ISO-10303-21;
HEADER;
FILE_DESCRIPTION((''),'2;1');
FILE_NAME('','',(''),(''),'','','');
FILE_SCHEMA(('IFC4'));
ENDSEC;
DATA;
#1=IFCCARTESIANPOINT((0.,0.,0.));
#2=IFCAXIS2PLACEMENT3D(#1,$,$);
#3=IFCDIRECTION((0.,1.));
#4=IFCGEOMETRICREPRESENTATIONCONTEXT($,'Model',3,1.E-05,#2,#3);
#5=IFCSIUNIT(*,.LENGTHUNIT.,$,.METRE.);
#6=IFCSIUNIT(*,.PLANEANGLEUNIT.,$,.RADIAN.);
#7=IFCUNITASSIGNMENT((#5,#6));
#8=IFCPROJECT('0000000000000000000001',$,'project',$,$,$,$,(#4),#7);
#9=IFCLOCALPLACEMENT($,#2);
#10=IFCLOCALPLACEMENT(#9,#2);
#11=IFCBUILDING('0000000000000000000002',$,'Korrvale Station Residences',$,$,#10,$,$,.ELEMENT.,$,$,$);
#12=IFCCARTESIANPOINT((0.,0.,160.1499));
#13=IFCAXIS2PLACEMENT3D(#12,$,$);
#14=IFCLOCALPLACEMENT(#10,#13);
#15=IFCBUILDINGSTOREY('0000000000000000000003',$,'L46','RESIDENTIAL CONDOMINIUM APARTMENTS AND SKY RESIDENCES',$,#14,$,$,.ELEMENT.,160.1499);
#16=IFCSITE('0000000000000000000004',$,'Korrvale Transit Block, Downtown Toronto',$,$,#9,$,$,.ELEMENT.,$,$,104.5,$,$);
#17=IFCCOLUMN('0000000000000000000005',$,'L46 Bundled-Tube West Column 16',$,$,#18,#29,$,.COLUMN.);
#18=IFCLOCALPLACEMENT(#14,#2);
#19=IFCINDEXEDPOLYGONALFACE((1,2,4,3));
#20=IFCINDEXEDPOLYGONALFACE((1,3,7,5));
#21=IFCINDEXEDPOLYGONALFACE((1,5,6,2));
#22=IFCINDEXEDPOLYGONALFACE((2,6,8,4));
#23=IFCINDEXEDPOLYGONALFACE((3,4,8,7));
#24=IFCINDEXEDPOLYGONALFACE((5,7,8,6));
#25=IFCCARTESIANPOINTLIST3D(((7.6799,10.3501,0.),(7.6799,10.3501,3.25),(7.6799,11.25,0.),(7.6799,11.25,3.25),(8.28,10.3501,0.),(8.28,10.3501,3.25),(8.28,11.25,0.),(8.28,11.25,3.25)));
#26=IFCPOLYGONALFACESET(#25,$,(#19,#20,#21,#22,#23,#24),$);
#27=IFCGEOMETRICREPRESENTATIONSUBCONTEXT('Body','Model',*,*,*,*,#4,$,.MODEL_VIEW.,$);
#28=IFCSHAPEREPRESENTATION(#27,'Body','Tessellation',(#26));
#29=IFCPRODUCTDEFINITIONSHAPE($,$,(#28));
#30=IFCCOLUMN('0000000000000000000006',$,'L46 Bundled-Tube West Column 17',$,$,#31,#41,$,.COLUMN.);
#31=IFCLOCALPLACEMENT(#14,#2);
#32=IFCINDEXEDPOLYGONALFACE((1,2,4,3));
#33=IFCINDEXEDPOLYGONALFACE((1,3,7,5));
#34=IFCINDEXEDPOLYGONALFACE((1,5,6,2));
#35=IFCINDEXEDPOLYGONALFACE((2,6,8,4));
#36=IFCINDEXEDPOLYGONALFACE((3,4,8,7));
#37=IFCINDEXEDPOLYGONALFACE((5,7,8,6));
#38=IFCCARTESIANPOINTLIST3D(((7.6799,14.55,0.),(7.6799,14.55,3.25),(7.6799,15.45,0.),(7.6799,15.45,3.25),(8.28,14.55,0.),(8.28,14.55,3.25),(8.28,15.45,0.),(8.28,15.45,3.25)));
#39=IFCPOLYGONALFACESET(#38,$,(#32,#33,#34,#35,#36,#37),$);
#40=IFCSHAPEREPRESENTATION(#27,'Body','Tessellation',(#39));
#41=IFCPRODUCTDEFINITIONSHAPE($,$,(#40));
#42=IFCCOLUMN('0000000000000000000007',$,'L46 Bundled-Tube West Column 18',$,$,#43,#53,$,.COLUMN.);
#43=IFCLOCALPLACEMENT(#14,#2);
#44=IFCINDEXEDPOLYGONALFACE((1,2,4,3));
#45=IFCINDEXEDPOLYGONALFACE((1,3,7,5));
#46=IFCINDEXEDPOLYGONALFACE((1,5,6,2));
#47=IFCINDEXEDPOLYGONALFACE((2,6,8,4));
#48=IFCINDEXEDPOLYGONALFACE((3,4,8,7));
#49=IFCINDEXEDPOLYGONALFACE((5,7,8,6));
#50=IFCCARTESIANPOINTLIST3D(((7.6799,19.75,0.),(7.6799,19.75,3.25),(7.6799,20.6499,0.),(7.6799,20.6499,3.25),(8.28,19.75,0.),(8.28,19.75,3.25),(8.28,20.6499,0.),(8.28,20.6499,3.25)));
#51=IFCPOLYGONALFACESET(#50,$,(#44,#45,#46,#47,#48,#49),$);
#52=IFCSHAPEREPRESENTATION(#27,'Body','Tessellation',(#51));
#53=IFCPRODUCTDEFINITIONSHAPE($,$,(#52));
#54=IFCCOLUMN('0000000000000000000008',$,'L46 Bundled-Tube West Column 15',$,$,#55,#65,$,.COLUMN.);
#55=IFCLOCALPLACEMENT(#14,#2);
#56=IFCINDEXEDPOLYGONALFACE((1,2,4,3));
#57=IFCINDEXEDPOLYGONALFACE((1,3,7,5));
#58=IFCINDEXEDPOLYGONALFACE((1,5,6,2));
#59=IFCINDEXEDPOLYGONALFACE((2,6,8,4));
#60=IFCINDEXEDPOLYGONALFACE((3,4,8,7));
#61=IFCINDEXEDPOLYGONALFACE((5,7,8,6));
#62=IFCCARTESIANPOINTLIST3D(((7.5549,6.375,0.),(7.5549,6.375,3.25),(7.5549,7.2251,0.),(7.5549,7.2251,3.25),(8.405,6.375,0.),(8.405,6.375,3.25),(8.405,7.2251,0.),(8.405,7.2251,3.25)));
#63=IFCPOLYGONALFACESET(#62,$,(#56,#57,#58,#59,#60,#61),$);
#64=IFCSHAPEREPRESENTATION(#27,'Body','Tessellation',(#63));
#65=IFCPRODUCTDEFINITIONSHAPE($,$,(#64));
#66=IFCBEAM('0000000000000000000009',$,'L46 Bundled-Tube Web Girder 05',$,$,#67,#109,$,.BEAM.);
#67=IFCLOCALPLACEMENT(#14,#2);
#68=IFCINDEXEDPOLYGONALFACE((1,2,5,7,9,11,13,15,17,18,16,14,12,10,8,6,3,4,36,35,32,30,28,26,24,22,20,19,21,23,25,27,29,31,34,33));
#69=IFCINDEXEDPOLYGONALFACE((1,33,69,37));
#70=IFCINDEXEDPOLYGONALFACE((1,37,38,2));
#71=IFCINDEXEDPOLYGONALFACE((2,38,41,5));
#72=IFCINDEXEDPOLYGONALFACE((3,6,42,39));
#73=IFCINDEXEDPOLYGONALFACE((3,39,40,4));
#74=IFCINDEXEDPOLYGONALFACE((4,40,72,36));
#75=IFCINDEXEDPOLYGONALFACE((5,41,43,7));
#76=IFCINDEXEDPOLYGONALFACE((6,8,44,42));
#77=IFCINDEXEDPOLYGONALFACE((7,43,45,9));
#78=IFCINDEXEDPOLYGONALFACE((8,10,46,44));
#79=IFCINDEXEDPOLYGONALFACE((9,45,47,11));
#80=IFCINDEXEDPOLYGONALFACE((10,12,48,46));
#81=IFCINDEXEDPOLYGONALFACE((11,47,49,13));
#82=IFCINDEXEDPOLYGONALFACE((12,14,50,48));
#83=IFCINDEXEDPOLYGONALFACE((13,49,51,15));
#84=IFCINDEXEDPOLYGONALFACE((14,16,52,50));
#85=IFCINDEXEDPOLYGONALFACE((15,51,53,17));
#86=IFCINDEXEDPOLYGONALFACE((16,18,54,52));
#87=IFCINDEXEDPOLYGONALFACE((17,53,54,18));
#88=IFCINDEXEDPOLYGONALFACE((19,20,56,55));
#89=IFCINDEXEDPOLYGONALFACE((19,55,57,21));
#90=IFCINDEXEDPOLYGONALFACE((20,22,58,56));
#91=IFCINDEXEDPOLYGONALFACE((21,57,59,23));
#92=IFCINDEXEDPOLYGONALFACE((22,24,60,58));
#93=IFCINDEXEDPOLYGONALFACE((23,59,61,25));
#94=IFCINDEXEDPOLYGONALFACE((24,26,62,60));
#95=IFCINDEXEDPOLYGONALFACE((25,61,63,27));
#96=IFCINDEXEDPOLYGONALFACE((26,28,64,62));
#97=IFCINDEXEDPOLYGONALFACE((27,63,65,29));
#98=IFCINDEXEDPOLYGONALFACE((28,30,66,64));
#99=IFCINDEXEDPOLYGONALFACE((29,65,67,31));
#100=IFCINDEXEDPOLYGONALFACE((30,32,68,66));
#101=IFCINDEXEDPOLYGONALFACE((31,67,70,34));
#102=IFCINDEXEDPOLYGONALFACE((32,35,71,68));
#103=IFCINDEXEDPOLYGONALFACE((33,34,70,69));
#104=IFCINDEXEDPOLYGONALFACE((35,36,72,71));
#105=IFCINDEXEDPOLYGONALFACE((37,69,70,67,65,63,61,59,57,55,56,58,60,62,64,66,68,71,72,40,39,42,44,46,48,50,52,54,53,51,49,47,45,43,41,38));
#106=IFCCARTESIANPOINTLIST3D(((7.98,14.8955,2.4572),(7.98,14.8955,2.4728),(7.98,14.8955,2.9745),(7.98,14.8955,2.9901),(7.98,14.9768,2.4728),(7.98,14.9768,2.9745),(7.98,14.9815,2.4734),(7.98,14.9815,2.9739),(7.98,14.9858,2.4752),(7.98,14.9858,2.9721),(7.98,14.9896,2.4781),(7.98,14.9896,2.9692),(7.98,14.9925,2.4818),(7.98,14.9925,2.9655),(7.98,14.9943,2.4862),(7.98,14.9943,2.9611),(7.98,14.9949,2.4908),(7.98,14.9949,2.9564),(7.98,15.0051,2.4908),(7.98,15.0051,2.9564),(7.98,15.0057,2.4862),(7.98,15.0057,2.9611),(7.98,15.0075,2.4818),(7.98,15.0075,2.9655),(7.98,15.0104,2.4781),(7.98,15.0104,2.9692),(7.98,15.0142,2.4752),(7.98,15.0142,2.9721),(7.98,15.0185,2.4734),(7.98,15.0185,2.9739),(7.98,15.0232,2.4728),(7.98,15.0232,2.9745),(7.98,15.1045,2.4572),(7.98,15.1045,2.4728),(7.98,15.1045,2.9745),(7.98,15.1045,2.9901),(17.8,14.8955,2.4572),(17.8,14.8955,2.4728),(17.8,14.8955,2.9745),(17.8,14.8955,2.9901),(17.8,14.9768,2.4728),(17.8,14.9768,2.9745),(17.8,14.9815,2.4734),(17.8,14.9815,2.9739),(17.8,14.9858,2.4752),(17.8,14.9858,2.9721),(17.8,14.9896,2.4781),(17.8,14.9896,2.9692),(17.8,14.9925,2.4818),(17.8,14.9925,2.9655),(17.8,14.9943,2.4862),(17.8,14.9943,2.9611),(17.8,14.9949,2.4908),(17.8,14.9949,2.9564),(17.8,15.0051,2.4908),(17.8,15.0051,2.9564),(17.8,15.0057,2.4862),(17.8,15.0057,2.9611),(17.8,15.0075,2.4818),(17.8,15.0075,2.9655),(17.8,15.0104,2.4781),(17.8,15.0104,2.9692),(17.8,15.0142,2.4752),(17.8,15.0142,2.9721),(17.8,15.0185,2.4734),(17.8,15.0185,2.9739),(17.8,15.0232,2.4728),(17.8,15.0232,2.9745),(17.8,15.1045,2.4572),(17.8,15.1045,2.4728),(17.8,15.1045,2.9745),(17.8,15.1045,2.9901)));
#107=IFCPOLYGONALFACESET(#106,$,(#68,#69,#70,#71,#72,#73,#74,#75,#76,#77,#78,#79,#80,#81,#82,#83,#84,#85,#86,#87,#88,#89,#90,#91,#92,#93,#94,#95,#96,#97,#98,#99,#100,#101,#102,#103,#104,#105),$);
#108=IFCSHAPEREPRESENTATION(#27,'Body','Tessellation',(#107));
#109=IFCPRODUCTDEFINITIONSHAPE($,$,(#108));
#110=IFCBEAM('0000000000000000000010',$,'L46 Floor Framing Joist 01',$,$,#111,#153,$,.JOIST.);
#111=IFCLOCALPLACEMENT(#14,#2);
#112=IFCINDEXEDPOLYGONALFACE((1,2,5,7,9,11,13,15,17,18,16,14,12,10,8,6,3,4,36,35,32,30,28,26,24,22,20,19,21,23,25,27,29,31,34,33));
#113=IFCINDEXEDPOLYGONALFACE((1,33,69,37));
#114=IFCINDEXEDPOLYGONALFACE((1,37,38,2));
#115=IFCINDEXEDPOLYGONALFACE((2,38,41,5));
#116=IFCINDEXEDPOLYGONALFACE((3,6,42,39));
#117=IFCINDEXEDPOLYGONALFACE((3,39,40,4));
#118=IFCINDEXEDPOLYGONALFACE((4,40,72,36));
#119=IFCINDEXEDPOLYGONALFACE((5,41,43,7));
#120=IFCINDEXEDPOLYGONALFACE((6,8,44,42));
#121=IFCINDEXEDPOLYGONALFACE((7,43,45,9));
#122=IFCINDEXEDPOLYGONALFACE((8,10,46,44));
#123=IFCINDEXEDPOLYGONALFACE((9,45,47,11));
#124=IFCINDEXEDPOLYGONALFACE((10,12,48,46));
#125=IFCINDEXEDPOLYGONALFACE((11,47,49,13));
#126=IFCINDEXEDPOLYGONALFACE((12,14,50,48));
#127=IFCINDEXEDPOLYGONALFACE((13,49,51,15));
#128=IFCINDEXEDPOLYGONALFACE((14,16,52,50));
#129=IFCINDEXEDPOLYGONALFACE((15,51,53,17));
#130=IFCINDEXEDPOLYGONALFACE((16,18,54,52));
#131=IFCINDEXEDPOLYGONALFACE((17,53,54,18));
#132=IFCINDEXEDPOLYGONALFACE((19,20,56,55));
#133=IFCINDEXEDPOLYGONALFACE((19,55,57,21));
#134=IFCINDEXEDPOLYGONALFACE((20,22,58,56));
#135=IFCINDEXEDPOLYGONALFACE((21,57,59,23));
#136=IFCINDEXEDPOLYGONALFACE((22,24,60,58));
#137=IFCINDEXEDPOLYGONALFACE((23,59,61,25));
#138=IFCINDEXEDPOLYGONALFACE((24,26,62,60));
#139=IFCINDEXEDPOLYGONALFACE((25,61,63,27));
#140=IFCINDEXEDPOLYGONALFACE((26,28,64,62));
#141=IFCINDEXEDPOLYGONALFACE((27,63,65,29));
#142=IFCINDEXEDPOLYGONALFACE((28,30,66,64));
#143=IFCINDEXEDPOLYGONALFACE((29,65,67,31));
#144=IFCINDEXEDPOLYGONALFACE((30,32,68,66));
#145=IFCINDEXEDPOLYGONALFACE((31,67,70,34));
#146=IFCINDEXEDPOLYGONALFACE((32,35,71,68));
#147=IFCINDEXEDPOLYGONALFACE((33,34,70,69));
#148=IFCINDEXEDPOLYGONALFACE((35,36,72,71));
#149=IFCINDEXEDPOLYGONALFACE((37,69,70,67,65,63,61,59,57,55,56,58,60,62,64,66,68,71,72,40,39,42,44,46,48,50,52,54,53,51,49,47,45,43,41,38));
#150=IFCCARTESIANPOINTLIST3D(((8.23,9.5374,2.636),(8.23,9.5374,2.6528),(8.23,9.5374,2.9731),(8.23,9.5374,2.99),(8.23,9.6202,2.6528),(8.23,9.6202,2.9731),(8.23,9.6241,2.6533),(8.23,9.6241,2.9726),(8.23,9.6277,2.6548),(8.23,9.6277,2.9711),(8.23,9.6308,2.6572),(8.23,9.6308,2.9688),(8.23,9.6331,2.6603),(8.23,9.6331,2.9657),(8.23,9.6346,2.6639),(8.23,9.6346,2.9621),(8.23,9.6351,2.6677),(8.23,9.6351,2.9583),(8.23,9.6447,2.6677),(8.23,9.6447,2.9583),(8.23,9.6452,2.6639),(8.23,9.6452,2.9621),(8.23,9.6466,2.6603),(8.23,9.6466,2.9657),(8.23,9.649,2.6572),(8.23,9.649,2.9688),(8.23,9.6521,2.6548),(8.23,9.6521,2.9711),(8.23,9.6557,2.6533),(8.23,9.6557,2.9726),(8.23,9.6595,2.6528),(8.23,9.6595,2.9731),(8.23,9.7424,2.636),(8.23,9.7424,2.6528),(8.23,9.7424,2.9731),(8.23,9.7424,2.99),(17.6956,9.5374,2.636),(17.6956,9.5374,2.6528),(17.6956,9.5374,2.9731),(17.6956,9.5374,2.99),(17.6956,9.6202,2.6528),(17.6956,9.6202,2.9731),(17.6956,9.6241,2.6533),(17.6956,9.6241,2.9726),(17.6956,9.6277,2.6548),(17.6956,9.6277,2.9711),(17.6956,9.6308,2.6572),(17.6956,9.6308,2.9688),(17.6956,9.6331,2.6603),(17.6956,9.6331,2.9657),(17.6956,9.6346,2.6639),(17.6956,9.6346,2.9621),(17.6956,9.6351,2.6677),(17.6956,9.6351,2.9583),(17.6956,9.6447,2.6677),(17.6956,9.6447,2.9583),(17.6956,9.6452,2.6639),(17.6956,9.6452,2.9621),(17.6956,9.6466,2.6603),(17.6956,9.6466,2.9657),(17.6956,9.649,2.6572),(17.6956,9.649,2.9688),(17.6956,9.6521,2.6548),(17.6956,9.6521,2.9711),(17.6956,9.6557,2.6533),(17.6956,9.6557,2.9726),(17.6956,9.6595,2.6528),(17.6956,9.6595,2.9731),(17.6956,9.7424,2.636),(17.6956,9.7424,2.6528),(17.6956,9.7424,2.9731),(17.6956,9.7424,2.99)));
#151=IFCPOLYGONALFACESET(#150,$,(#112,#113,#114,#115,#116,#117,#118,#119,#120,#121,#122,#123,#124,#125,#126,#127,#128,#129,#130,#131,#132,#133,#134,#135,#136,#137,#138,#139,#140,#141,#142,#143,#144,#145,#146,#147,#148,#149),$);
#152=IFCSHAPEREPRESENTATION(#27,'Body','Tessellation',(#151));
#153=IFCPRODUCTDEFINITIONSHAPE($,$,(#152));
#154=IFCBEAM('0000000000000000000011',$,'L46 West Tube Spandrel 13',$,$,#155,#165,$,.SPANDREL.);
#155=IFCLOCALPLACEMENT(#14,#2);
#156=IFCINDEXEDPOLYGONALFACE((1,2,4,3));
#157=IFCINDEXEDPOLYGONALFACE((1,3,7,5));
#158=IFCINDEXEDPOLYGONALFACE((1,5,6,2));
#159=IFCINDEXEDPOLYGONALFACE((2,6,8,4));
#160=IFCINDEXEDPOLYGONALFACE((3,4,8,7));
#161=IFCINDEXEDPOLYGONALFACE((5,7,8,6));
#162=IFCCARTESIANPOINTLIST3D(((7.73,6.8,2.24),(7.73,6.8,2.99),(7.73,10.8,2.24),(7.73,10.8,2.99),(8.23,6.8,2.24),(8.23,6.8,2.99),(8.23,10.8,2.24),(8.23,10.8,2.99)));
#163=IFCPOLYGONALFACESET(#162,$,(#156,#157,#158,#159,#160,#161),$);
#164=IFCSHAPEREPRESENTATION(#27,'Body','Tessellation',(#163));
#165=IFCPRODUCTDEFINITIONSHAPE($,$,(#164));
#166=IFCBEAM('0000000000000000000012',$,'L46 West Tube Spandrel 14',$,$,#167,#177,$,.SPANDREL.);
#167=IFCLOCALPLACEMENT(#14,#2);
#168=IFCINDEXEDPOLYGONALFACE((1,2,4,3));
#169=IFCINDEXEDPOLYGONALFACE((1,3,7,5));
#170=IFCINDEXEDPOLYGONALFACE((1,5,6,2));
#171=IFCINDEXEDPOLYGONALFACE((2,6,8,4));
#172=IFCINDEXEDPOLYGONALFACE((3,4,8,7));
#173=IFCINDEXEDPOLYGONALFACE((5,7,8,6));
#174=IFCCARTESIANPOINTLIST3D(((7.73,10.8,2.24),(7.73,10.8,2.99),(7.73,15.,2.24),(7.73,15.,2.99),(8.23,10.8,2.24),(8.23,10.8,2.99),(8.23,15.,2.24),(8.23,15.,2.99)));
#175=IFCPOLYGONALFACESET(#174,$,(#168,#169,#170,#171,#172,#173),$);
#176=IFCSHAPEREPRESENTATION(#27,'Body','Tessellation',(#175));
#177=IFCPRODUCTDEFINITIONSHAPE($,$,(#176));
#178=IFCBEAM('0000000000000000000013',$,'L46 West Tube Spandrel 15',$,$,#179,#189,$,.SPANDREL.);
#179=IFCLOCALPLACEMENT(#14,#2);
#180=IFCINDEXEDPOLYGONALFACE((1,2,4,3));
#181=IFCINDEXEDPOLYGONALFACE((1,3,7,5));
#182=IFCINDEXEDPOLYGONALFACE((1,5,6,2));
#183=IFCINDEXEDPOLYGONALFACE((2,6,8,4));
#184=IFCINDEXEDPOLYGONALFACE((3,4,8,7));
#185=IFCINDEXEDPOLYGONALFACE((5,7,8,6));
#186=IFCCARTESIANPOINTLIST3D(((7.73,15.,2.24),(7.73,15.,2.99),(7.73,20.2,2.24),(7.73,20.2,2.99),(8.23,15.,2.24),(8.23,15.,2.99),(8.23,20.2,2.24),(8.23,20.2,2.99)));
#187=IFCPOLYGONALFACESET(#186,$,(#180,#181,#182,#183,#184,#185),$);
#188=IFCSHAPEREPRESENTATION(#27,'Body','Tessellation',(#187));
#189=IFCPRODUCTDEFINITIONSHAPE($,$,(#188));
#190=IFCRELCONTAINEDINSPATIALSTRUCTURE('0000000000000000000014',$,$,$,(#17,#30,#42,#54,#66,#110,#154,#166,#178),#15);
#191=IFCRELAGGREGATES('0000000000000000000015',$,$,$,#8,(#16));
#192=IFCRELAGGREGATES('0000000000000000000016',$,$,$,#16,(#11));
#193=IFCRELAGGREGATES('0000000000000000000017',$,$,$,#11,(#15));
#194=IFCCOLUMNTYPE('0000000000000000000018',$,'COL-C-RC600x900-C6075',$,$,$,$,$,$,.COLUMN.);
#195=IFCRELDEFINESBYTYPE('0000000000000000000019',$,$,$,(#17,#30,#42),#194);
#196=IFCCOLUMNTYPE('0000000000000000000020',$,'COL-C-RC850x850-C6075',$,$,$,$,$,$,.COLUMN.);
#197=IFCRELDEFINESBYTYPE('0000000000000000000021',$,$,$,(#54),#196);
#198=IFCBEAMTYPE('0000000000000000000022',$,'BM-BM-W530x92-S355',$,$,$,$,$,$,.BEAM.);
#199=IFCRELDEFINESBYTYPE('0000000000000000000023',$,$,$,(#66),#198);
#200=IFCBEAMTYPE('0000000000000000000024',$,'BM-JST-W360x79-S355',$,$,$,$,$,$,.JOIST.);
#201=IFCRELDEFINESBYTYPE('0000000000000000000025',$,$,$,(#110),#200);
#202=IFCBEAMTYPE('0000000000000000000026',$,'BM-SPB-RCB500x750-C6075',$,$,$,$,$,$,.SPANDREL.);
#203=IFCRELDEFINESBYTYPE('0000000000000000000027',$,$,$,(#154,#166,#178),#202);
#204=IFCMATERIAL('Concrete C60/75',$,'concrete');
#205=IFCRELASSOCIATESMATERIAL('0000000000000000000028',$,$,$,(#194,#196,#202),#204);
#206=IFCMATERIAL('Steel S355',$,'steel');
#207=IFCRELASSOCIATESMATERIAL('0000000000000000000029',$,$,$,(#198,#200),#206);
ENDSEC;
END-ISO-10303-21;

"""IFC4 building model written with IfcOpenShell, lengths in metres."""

from ifc_helpers import new_model, si_unit, direction, frame, origin, origin_2d, place, context, subcontext, project, spatial, rectangle, i_section, extrude, material, material_profile, profile_set, type_object, element, save


model = new_model("IFC4")

# Units and contexts
model_context = context("Model", 3, precision=1e-05, world=origin(), true_north=direction((0.0, 1.0)))
body_context = subcontext(model_context, "Body", "Model", "MODEL_VIEW")
ifc_project = project(units=[si_unit("LENGTHUNIT", "METRE"), si_unit("PLANEANGLEUNIT", "RADIAN")], contexts=[model_context])

# Site, building, storey
site_placement = place(None, origin())
site = spatial("IfcSite", under=ifc_project, at=site_placement, Name="Korrvale Transit Block, Downtown Toronto", CompositionType="ELEMENT", RefElevation=104.5)
building_placement = place(site_placement, origin())
building = spatial("IfcBuilding", under=site, at=building_placement, Name="Korrvale Station Residences", CompositionType="ELEMENT")
storey_placement = place(building_placement, frame((0.0, 0.0, 160.1499)))
storey = spatial("IfcBuildingStorey", under=building, at=storey_placement, Name="L46", Description="RESIDENTIAL CONDOMINIUM APARTMENTS AND SKY RESIDENCES", CompositionType="ELEMENT", Elevation=160.1499)

# Columns
ifc_material_1 = material(Name="Concrete C60/75", Category="concrete")
ifc_material_profile_1 = material_profile(ifc_material_1, rectangle(XDim=0.6001, YDim=0.8999, at=origin_2d()), Name="RC600x900")
ifc_profile_set_1 = profile_set([ifc_material_profile_1], Name="Concrete C60/75")
column_type_1 = type_object("IfcColumnType", Name="COL-C-RC600x900-C6075", PredefinedType="COLUMN", material=ifc_profile_set_1)
for number, where, z_axis, x_axis, name in (
    (1, (7.98, 10.8, 0.0), (0.0, 0.0, 1.0), (1.0, 0.0, 0.0), "L46 Bundled-Tube West Column 16"),
    (2, (7.98, 15.0, 0.0), (0.0, 0.0, 1.0), (1.0, 0.0, 0.0), "L46 Bundled-Tube West Column 17"),
    (3, (7.98, 20.2, 0.0), (0.0, 0.0, 1.0), (1.0, 0.0, 0.0), "L46 Bundled-Tube West Column 18"),
):
    element("IfcColumn", number, at=place(storey_placement, frame(where, z_axis=z_axis, x_axis=x_axis)), inside=storey, type_object=column_type_1, Name=name, PredefinedType="COLUMN", context=body_context, shape_type="SweptSolid", body=[
        extrude(rectangle(XDim=0.6001, YDim=0.8999, at=origin_2d()), origin(), (0.0, 0.0, 1.0), 3.25),
    ])
ifc_material_profile_2 = material_profile(ifc_material_1, rectangle(XDim=0.8501, YDim=0.8501, at=origin_2d()), Name="RC850x850")
ifc_profile_set_2 = profile_set([ifc_material_profile_2], Name="Concrete C60/75")
column_type_2 = type_object("IfcColumnType", Name="COL-C-RC850x850-C6075", PredefinedType="COLUMN", material=ifc_profile_set_2)
column_placement = place(storey_placement, frame((7.98, 6.8, 0.0), z_axis=(0.0, 0.0, 1.0), x_axis=(1.0, 0.0, 0.0)))
element("IfcColumn", 4, at=column_placement, inside=storey, type_object=column_type_2, Name="L46 Bundled-Tube West Column 15", PredefinedType="COLUMN", context=body_context, shape_type="SweptSolid", body=[
    extrude(rectangle(XDim=0.8501, YDim=0.8501, at=origin_2d()), origin(), (0.0, 0.0, 1.0), 3.25),
])

# Beams
ifc_material_2 = material(Name="Steel S355", Category="steel")
ifc_material_profile_3 = material_profile(ifc_material_2, i_section(OverallWidth=0.209, OverallDepth=0.533, WebThickness=0.0103, FlangeThickness=0.0156, FilletRadius=0.0181, at=origin_2d()), Name="W530x92")
ifc_profile_set_3 = profile_set([ifc_material_profile_3], Name="Steel S355")
beam_type_1 = type_object("IfcBeamType", Name="BM-BM-W530x92-S355", PredefinedType="BEAM", material=ifc_profile_set_3)
beam_1_placement = place(storey_placement, frame((7.98, 15.0, 2.7236), z_axis=(1.0, 0.0, 0.0), x_axis=(0.0, 1.0, 0.0)))
element("IfcBeam", 5, at=beam_1_placement, inside=storey, type_object=beam_type_1, Name="L46 Bundled-Tube Web Girder 05", PredefinedType="BEAM", context=body_context, shape_type="SweptSolid", body=[
    extrude(i_section(OverallWidth=0.209, OverallDepth=0.533, WebThickness=0.0103, FlangeThickness=0.0156, FilletRadius=0.0181, at=origin_2d()), origin(), (0.0, 0.0, 1.0), 9.8201),
])
ifc_material_profile_4 = material_profile(ifc_material_2, i_section(OverallWidth=0.2051, OverallDepth=0.354, WebThickness=0.0095, FlangeThickness=0.0168, FilletRadius=0.0149, at=origin_2d()), Name="W360x79")
ifc_profile_set_4 = profile_set([ifc_material_profile_4], Name="Steel S355")
beam_type_2 = type_object("IfcBeamType", Name="BM-JST-W360x79-S355", PredefinedType="JOIST", material=ifc_profile_set_4)
beam_2_placement = place(storey_placement, frame((8.23, 9.6399, 2.813), z_axis=(1.0, 0.0, 0.0), x_axis=(0.0, 1.0, 0.0)))
element("IfcBeam", 6, at=beam_2_placement, inside=storey, type_object=beam_type_2, Name="L46 Floor Framing Joist 01", PredefinedType="JOIST", context=body_context, shape_type="SweptSolid", body=[
    extrude(i_section(OverallWidth=0.2051, OverallDepth=0.354, WebThickness=0.0095, FlangeThickness=0.0168, FilletRadius=0.0149, at=origin_2d()), origin(), (0.0, 0.0, 1.0), 9.4656),
])
ifc_material_profile_5 = material_profile(ifc_material_1, rectangle(XDim=0.5, YDim=0.75, at=origin_2d()), Name="RCB500x750")
ifc_profile_set_5 = profile_set([ifc_material_profile_5], Name="Concrete C60/75")
beam_type_3 = type_object("IfcBeamType", Name="BM-SPB-RCB500x750-C6075", PredefinedType="SPANDREL", material=ifc_profile_set_5)
beam_3_placement = place(storey_placement, frame((7.98, 6.8, 2.615), z_axis=(0.0, 1.0, 0.0), x_axis=(-1.0, 0.0, 0.0)))
element("IfcBeam", 7, at=beam_3_placement, inside=storey, type_object=beam_type_3, Name="L46 West Tube Spandrel 13", PredefinedType="SPANDREL", context=body_context, shape_type="SweptSolid", body=[
    extrude(rectangle(XDim=0.5, YDim=0.75, at=origin_2d()), origin(), (0.0, 0.0, 1.0), 4.0),
])
beam_4_placement = place(storey_placement, frame((7.98, 10.8, 2.615), z_axis=(0.0, 1.0, 0.0), x_axis=(-1.0, 0.0, 0.0)))
element("IfcBeam", 8, at=beam_4_placement, inside=storey, type_object=beam_type_3, Name="L46 West Tube Spandrel 14", PredefinedType="SPANDREL", context=body_context, shape_type="SweptSolid", body=[
    extrude(rectangle(XDim=0.5, YDim=0.75, at=origin_2d()), origin(), (0.0, 0.0, 1.0), 4.2),
])
beam_5_placement = place(storey_placement, frame((7.98, 15.0, 2.615), z_axis=(0.0, 1.0, 0.0), x_axis=(-1.0, 0.0, 0.0)))
element("IfcBeam", 9, at=beam_5_placement, inside=storey, type_object=beam_type_3, Name="L46 West Tube Spandrel 15", PredefinedType="SPANDREL", context=body_context, shape_type="SweptSolid", body=[
    extrude(rectangle(XDim=0.5, YDim=0.75, at=origin_2d()), origin(), (0.0, 0.0, 1.0), 5.2),
])

save(model, "model.ifc")
